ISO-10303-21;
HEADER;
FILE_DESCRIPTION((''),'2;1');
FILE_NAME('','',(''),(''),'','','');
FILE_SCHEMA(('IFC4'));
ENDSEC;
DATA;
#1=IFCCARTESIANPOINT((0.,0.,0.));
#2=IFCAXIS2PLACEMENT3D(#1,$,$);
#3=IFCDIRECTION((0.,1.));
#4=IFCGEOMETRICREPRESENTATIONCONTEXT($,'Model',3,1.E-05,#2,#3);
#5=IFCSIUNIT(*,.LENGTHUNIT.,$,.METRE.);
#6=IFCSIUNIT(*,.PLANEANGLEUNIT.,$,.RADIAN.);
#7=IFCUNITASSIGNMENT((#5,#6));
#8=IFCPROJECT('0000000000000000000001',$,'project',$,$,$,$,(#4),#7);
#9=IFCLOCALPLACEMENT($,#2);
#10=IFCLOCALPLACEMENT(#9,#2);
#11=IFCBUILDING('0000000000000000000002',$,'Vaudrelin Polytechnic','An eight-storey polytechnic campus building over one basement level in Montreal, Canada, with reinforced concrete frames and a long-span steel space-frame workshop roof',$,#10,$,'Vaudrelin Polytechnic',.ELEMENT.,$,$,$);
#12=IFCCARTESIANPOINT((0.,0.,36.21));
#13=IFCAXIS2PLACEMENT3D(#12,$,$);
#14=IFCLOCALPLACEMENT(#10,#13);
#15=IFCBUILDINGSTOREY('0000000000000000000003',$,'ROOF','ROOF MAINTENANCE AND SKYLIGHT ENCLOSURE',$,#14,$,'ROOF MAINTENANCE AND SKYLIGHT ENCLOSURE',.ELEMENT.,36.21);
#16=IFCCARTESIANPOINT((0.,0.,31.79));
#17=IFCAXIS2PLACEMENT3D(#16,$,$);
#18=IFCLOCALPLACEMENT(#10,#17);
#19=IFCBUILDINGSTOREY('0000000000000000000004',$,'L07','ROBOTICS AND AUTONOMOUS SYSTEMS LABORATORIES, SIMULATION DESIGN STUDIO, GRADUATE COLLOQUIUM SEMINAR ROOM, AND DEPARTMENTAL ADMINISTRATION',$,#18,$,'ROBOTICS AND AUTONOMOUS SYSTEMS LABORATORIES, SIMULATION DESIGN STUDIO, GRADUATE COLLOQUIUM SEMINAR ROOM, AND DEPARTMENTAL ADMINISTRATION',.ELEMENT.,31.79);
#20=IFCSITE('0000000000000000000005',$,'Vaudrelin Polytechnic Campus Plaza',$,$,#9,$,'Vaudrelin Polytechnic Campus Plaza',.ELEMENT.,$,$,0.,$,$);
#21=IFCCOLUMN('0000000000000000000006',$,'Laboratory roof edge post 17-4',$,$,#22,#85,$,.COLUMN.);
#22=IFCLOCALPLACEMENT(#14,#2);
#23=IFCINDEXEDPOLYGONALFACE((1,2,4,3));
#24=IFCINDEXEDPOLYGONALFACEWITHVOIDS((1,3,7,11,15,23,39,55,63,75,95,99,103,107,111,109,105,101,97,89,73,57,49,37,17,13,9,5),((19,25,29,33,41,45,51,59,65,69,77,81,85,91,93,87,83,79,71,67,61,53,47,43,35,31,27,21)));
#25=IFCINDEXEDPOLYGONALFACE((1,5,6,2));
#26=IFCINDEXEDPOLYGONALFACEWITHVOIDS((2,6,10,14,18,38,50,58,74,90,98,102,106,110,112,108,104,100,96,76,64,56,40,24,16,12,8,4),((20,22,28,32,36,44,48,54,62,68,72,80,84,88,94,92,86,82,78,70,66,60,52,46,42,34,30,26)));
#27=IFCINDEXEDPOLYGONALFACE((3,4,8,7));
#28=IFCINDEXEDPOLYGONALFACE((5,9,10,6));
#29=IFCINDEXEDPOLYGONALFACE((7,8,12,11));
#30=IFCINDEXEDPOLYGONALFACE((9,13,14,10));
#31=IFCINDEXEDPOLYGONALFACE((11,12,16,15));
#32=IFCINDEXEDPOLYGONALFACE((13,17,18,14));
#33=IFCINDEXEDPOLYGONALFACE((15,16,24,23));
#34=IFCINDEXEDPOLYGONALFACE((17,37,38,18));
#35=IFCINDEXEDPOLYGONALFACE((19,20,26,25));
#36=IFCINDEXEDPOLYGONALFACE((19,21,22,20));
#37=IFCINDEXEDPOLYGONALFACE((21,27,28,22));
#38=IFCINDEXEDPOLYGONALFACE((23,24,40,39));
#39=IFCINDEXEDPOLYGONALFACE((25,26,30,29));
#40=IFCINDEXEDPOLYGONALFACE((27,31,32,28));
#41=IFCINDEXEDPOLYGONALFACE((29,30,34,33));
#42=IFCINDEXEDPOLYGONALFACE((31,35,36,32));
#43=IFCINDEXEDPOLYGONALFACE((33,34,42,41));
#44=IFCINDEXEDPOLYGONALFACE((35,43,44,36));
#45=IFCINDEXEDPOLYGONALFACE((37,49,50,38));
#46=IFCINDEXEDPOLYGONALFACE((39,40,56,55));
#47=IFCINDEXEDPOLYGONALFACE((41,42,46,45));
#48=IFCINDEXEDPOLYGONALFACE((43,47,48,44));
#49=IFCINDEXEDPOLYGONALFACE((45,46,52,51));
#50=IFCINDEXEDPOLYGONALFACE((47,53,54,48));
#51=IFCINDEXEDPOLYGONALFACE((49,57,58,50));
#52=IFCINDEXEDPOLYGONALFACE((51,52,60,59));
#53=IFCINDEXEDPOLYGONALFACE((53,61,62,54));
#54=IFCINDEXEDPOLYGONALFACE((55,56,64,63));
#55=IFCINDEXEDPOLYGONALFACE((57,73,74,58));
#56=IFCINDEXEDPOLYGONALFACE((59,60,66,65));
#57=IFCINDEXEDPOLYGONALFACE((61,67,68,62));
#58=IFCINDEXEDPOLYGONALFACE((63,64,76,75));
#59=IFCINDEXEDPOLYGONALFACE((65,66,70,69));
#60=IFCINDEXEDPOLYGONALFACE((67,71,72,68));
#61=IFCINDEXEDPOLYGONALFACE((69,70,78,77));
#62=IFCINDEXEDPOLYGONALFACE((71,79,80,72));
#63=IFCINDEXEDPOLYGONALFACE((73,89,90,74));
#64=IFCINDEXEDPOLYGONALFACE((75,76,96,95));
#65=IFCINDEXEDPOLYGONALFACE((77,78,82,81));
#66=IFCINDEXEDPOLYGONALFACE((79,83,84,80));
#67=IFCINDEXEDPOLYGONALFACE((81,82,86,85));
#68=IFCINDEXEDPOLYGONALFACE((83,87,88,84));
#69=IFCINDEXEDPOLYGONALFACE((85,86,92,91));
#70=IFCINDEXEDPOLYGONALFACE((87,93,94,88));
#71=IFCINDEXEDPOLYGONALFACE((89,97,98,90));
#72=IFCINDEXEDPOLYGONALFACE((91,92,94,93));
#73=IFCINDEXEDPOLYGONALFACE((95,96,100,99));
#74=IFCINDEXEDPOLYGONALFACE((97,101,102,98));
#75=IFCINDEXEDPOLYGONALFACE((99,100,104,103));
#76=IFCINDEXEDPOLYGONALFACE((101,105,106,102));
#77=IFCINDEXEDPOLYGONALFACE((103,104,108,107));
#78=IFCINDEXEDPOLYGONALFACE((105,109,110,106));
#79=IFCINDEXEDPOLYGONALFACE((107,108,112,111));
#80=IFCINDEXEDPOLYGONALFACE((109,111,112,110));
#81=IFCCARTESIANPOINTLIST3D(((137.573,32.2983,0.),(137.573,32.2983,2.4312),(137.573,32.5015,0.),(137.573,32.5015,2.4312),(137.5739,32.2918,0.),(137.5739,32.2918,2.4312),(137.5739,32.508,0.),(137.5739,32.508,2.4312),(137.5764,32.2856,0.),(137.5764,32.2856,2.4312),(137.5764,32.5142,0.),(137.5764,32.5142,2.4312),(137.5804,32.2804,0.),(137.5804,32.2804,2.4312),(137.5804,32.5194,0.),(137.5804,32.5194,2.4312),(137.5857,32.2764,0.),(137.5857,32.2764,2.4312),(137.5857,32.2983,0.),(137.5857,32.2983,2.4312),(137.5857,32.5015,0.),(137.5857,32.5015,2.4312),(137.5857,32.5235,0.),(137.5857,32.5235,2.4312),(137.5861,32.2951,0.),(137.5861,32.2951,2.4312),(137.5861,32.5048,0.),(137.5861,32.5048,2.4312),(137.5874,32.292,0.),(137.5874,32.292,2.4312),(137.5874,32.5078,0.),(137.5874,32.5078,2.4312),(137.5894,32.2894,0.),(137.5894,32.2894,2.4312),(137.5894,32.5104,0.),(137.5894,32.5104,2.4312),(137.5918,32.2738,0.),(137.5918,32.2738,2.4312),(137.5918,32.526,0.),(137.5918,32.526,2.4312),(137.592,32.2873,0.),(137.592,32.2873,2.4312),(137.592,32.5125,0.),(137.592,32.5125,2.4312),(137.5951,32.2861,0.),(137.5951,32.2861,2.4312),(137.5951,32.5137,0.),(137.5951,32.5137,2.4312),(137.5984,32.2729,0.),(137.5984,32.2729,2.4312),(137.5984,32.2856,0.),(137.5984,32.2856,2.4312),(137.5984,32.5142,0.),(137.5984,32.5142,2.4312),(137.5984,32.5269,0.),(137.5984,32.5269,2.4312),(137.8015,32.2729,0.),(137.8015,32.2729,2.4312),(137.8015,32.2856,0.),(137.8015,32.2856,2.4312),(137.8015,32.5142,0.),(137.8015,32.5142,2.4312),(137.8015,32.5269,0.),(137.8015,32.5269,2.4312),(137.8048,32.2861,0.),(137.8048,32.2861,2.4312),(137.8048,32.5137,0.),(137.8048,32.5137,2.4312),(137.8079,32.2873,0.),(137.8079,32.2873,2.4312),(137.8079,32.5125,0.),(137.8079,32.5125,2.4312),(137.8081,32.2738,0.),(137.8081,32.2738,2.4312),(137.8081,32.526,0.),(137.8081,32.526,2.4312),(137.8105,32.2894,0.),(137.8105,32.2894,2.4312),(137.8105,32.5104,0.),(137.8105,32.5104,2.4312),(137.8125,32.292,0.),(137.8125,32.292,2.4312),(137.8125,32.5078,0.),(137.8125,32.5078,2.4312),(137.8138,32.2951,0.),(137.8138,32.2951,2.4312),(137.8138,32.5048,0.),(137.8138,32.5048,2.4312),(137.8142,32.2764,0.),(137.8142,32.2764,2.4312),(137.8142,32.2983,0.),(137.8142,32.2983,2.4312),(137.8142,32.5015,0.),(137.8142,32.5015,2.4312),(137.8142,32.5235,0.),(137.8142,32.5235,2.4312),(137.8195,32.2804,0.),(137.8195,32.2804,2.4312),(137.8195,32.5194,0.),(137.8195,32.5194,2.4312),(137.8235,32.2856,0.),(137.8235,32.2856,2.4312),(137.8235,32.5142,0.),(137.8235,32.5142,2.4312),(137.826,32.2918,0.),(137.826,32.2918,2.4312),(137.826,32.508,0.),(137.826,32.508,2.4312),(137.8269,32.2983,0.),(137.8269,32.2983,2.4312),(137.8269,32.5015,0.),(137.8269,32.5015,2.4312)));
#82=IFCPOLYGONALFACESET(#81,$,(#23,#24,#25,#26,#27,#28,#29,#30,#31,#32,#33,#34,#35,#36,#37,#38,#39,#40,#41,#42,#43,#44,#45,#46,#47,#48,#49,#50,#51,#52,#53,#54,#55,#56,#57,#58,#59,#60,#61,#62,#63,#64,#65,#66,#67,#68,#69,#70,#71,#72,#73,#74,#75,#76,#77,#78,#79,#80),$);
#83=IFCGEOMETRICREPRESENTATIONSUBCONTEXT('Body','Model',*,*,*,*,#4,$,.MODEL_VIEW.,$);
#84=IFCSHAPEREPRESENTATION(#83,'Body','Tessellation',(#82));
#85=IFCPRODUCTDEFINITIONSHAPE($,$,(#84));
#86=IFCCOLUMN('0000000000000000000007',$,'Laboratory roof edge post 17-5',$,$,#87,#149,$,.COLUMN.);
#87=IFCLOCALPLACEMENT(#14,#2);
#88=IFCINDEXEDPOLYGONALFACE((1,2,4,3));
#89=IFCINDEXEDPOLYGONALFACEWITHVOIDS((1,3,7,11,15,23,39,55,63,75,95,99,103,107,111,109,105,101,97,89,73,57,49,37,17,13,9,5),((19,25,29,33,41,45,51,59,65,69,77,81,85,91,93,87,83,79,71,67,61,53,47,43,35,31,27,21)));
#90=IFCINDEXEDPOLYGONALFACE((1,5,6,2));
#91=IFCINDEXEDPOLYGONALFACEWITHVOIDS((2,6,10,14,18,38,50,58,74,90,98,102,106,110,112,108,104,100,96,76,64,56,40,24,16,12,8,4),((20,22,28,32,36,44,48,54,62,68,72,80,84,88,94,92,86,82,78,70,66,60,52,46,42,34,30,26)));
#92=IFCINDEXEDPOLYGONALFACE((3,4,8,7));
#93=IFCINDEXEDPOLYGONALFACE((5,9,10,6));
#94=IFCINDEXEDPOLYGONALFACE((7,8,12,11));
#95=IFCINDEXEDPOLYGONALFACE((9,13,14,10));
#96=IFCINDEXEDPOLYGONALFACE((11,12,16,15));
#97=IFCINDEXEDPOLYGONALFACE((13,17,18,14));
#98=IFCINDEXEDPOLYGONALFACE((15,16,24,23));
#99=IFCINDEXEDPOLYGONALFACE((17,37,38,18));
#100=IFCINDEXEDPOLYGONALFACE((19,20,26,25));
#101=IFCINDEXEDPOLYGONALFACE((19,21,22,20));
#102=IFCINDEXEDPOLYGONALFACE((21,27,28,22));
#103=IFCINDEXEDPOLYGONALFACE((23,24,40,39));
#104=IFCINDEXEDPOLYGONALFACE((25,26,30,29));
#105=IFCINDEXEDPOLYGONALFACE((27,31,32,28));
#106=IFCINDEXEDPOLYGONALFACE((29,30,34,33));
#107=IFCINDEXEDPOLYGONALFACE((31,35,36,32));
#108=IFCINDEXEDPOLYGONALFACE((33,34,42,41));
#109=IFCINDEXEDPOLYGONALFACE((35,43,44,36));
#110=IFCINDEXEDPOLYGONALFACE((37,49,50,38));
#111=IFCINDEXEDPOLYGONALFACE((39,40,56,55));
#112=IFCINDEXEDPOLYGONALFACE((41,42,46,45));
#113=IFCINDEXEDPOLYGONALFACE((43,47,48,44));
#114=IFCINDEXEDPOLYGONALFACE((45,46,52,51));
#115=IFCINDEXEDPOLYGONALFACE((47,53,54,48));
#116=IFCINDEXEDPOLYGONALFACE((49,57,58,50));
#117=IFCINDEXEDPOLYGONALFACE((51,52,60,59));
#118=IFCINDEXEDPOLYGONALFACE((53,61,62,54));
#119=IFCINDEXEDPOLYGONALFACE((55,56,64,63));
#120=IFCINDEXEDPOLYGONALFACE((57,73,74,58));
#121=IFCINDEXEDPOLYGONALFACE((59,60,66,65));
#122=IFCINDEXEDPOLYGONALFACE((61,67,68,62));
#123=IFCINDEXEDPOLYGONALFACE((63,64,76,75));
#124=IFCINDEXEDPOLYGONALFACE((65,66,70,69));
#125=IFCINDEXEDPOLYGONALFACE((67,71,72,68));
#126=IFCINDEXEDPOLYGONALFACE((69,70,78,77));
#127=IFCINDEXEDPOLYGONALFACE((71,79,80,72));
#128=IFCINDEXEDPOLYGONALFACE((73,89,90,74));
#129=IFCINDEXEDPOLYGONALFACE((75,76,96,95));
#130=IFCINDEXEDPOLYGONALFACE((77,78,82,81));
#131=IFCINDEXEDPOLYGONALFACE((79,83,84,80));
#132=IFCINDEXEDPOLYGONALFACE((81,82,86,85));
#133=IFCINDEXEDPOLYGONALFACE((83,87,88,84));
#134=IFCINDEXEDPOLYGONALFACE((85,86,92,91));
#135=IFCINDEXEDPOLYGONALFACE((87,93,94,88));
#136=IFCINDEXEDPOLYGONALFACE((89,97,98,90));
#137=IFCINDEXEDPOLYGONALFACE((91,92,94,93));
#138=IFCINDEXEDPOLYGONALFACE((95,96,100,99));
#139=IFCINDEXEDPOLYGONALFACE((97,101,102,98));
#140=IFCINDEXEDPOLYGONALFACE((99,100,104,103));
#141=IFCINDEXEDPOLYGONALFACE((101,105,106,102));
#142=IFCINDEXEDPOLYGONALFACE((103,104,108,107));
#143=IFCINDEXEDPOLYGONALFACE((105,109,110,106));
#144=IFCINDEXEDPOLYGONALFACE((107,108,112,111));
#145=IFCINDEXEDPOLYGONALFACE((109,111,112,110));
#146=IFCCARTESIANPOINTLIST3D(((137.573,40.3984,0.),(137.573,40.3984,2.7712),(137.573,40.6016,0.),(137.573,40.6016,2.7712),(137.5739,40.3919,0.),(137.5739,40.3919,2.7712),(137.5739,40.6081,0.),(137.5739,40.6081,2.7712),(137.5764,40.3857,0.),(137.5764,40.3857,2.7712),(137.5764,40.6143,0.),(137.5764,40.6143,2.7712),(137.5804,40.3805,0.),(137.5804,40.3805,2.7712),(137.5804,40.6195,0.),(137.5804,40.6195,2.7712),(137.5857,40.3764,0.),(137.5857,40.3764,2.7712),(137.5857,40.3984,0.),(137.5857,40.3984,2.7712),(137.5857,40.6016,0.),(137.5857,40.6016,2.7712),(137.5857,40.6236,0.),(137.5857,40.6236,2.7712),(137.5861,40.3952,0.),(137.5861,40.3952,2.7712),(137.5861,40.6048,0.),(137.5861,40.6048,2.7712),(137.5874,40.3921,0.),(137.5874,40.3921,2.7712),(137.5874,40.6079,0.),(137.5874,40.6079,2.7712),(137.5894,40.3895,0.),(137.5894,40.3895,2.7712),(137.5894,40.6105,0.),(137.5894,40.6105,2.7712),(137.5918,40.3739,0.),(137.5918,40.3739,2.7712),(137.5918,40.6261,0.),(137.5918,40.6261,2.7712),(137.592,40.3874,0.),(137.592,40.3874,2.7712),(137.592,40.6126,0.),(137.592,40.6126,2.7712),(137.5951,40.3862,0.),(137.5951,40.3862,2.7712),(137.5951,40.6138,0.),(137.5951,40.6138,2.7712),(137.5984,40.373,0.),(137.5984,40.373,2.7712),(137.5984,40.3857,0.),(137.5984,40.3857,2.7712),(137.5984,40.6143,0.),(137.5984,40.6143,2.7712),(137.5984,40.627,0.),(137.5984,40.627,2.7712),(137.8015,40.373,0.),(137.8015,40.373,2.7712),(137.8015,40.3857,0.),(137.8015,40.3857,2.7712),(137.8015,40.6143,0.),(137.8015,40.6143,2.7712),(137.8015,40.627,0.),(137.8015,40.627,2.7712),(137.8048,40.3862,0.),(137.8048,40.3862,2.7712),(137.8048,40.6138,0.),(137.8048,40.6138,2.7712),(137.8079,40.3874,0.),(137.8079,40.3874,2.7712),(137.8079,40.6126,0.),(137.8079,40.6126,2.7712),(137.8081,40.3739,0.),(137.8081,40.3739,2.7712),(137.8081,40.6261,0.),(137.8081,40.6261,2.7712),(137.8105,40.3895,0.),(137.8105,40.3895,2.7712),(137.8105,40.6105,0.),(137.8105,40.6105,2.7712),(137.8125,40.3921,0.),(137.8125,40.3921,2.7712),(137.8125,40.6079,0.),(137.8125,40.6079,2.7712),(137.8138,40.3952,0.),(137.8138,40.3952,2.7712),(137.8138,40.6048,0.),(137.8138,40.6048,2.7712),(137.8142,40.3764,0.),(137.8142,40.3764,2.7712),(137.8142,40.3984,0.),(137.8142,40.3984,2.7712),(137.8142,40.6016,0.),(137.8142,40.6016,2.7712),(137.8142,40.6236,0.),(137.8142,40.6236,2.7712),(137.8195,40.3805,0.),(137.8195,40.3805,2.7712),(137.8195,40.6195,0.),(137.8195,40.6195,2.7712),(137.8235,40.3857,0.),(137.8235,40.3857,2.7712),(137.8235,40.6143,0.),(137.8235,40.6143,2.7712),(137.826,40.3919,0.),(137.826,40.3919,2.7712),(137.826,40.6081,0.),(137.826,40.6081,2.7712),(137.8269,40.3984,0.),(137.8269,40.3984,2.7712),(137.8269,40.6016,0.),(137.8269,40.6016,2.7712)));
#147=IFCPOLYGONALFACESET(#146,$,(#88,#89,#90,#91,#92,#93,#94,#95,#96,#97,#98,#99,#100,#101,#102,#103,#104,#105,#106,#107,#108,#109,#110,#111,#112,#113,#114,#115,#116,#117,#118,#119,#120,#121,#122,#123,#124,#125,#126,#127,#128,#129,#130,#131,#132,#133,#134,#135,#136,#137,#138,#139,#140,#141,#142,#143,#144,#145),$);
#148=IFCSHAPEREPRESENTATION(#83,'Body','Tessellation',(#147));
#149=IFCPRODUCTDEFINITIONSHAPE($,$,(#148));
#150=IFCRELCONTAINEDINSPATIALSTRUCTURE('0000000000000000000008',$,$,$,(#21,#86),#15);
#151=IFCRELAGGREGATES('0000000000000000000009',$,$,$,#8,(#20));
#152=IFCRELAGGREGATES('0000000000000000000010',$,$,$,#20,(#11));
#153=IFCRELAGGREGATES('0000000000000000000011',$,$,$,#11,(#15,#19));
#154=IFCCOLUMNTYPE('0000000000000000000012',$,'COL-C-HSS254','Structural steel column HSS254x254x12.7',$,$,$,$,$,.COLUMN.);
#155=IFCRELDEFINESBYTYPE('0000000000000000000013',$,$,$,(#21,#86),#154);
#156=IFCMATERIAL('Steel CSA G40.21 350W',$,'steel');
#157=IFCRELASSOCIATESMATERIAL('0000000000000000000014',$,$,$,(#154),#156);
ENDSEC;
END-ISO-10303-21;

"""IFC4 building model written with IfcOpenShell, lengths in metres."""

from ifc_helpers import new_model, si_unit, direction, frame, origin, origin_2d, place, context, subcontext, project, spatial, hollow_rectangle, extrude, material, material_profile, profile_set, type_object, element, save


model = new_model("IFC4")

# Units and contexts
model_context = context("Model", 3, precision=1e-05, world=origin(), true_north=direction((0.0, 1.0)))
body_context = subcontext(model_context, "Body", "Model", "MODEL_VIEW")
ifc_project = project(units=[si_unit("LENGTHUNIT", "METRE"), si_unit("PLANEANGLEUNIT", "RADIAN")], contexts=[model_context])

# Site, building, storey
site_placement = place(None, origin())
site = spatial("IfcSite", under=ifc_project, at=site_placement, Name="Vaudrelin Polytechnic Campus Plaza", LongName="Vaudrelin Polytechnic Campus Plaza", CompositionType="ELEMENT", RefElevation=0.0)
building_placement = place(site_placement, origin())
building = spatial("IfcBuilding", under=site, at=building_placement, Name="Vaudrelin Polytechnic", Description="An eight-storey polytechnic campus building over one basement level in Montreal, Canada, with reinforced concrete frames and a long-span steel space-frame workshop roof", LongName="Vaudrelin Polytechnic", CompositionType="ELEMENT")
storey_1_placement = place(building_placement, frame((0.0, 0.0, 36.21)))
storey_1 = spatial("IfcBuildingStorey", under=building, at=storey_1_placement, Name="ROOF", Description="ROOF MAINTENANCE AND SKYLIGHT ENCLOSURE", LongName="ROOF MAINTENANCE AND SKYLIGHT ENCLOSURE", CompositionType="ELEMENT", Elevation=36.21)

# Columns
ifc_material_1 = material(Name="Steel CSA G40.21 350W", Category="steel")
ifc_material_profile = material_profile(ifc_material_1, hollow_rectangle(XDim=0.2539, YDim=0.2539, WallThickness=0.0127, InnerFilletRadius=0.0127, OuterFilletRadius=0.0254, at=origin_2d()), Name="HSS254x254x12.7")
ifc_profile_set = profile_set([ifc_material_profile], Name="Steel CSA G40.21 350W")
column_type = type_object("IfcColumnType", Name="COL-C-HSS254", Description="Structural steel column HSS254x254x12.7", PredefinedType="COLUMN", material=ifc_profile_set)
column_1_placement = place(storey_1_placement, frame((137.7, 32.3999, 0.0), z_axis=(0.0, 0.0, 1.0), x_axis=(1.0, 0.0, 0.0)))
element("IfcColumn", 1, at=column_1_placement, inside=storey_1, type_object=column_type, Name="Laboratory roof edge post 17-4", PredefinedType="COLUMN", context=body_context, shape_type="SweptSolid", body=[
    extrude(hollow_rectangle(XDim=0.2539, YDim=0.2539, WallThickness=0.0127, InnerFilletRadius=0.0127, OuterFilletRadius=0.0254, at=origin_2d()), origin(), (0.0, 0.0, 1.0), 2.4312),
])
column_2_placement = place(storey_1_placement, frame((137.7, 40.5, 0.0), z_axis=(0.0, 0.0, 1.0), x_axis=(1.0, 0.0, 0.0)))
element("IfcColumn", 2, at=column_2_placement, inside=storey_1, type_object=column_type, Name="Laboratory roof edge post 17-5", PredefinedType="COLUMN", context=body_context, shape_type="SweptSolid", body=[
    extrude(hollow_rectangle(XDim=0.2539, YDim=0.2539, WallThickness=0.0127, InnerFilletRadius=0.0127, OuterFilletRadius=0.0254, at=origin_2d()), origin(), (0.0, 0.0, 1.0), 2.7712),
])

# Shared definitions
storey_2_placement = place(building_placement, frame((0.0, 0.0, 31.79)))
storey_2 = spatial("IfcBuildingStorey", under=building, at=storey_2_placement, Name="L07", Description="ROBOTICS AND AUTONOMOUS SYSTEMS LABORATORIES, SIMULATION DESIGN STUDIO, GRADUATE COLLOQUIUM SEMINAR ROOM, AND DEPARTMENTAL ADMINISTRATION", LongName="ROBOTICS AND AUTONOMOUS SYSTEMS LABORATORIES, SIMULATION DESIGN STUDIO, GRADUATE COLLOQUIUM SEMINAR ROOM, AND DEPARTMENTAL ADMINISTRATION", CompositionType="ELEMENT", Elevation=31.79)

save(model, "model.ifc")
